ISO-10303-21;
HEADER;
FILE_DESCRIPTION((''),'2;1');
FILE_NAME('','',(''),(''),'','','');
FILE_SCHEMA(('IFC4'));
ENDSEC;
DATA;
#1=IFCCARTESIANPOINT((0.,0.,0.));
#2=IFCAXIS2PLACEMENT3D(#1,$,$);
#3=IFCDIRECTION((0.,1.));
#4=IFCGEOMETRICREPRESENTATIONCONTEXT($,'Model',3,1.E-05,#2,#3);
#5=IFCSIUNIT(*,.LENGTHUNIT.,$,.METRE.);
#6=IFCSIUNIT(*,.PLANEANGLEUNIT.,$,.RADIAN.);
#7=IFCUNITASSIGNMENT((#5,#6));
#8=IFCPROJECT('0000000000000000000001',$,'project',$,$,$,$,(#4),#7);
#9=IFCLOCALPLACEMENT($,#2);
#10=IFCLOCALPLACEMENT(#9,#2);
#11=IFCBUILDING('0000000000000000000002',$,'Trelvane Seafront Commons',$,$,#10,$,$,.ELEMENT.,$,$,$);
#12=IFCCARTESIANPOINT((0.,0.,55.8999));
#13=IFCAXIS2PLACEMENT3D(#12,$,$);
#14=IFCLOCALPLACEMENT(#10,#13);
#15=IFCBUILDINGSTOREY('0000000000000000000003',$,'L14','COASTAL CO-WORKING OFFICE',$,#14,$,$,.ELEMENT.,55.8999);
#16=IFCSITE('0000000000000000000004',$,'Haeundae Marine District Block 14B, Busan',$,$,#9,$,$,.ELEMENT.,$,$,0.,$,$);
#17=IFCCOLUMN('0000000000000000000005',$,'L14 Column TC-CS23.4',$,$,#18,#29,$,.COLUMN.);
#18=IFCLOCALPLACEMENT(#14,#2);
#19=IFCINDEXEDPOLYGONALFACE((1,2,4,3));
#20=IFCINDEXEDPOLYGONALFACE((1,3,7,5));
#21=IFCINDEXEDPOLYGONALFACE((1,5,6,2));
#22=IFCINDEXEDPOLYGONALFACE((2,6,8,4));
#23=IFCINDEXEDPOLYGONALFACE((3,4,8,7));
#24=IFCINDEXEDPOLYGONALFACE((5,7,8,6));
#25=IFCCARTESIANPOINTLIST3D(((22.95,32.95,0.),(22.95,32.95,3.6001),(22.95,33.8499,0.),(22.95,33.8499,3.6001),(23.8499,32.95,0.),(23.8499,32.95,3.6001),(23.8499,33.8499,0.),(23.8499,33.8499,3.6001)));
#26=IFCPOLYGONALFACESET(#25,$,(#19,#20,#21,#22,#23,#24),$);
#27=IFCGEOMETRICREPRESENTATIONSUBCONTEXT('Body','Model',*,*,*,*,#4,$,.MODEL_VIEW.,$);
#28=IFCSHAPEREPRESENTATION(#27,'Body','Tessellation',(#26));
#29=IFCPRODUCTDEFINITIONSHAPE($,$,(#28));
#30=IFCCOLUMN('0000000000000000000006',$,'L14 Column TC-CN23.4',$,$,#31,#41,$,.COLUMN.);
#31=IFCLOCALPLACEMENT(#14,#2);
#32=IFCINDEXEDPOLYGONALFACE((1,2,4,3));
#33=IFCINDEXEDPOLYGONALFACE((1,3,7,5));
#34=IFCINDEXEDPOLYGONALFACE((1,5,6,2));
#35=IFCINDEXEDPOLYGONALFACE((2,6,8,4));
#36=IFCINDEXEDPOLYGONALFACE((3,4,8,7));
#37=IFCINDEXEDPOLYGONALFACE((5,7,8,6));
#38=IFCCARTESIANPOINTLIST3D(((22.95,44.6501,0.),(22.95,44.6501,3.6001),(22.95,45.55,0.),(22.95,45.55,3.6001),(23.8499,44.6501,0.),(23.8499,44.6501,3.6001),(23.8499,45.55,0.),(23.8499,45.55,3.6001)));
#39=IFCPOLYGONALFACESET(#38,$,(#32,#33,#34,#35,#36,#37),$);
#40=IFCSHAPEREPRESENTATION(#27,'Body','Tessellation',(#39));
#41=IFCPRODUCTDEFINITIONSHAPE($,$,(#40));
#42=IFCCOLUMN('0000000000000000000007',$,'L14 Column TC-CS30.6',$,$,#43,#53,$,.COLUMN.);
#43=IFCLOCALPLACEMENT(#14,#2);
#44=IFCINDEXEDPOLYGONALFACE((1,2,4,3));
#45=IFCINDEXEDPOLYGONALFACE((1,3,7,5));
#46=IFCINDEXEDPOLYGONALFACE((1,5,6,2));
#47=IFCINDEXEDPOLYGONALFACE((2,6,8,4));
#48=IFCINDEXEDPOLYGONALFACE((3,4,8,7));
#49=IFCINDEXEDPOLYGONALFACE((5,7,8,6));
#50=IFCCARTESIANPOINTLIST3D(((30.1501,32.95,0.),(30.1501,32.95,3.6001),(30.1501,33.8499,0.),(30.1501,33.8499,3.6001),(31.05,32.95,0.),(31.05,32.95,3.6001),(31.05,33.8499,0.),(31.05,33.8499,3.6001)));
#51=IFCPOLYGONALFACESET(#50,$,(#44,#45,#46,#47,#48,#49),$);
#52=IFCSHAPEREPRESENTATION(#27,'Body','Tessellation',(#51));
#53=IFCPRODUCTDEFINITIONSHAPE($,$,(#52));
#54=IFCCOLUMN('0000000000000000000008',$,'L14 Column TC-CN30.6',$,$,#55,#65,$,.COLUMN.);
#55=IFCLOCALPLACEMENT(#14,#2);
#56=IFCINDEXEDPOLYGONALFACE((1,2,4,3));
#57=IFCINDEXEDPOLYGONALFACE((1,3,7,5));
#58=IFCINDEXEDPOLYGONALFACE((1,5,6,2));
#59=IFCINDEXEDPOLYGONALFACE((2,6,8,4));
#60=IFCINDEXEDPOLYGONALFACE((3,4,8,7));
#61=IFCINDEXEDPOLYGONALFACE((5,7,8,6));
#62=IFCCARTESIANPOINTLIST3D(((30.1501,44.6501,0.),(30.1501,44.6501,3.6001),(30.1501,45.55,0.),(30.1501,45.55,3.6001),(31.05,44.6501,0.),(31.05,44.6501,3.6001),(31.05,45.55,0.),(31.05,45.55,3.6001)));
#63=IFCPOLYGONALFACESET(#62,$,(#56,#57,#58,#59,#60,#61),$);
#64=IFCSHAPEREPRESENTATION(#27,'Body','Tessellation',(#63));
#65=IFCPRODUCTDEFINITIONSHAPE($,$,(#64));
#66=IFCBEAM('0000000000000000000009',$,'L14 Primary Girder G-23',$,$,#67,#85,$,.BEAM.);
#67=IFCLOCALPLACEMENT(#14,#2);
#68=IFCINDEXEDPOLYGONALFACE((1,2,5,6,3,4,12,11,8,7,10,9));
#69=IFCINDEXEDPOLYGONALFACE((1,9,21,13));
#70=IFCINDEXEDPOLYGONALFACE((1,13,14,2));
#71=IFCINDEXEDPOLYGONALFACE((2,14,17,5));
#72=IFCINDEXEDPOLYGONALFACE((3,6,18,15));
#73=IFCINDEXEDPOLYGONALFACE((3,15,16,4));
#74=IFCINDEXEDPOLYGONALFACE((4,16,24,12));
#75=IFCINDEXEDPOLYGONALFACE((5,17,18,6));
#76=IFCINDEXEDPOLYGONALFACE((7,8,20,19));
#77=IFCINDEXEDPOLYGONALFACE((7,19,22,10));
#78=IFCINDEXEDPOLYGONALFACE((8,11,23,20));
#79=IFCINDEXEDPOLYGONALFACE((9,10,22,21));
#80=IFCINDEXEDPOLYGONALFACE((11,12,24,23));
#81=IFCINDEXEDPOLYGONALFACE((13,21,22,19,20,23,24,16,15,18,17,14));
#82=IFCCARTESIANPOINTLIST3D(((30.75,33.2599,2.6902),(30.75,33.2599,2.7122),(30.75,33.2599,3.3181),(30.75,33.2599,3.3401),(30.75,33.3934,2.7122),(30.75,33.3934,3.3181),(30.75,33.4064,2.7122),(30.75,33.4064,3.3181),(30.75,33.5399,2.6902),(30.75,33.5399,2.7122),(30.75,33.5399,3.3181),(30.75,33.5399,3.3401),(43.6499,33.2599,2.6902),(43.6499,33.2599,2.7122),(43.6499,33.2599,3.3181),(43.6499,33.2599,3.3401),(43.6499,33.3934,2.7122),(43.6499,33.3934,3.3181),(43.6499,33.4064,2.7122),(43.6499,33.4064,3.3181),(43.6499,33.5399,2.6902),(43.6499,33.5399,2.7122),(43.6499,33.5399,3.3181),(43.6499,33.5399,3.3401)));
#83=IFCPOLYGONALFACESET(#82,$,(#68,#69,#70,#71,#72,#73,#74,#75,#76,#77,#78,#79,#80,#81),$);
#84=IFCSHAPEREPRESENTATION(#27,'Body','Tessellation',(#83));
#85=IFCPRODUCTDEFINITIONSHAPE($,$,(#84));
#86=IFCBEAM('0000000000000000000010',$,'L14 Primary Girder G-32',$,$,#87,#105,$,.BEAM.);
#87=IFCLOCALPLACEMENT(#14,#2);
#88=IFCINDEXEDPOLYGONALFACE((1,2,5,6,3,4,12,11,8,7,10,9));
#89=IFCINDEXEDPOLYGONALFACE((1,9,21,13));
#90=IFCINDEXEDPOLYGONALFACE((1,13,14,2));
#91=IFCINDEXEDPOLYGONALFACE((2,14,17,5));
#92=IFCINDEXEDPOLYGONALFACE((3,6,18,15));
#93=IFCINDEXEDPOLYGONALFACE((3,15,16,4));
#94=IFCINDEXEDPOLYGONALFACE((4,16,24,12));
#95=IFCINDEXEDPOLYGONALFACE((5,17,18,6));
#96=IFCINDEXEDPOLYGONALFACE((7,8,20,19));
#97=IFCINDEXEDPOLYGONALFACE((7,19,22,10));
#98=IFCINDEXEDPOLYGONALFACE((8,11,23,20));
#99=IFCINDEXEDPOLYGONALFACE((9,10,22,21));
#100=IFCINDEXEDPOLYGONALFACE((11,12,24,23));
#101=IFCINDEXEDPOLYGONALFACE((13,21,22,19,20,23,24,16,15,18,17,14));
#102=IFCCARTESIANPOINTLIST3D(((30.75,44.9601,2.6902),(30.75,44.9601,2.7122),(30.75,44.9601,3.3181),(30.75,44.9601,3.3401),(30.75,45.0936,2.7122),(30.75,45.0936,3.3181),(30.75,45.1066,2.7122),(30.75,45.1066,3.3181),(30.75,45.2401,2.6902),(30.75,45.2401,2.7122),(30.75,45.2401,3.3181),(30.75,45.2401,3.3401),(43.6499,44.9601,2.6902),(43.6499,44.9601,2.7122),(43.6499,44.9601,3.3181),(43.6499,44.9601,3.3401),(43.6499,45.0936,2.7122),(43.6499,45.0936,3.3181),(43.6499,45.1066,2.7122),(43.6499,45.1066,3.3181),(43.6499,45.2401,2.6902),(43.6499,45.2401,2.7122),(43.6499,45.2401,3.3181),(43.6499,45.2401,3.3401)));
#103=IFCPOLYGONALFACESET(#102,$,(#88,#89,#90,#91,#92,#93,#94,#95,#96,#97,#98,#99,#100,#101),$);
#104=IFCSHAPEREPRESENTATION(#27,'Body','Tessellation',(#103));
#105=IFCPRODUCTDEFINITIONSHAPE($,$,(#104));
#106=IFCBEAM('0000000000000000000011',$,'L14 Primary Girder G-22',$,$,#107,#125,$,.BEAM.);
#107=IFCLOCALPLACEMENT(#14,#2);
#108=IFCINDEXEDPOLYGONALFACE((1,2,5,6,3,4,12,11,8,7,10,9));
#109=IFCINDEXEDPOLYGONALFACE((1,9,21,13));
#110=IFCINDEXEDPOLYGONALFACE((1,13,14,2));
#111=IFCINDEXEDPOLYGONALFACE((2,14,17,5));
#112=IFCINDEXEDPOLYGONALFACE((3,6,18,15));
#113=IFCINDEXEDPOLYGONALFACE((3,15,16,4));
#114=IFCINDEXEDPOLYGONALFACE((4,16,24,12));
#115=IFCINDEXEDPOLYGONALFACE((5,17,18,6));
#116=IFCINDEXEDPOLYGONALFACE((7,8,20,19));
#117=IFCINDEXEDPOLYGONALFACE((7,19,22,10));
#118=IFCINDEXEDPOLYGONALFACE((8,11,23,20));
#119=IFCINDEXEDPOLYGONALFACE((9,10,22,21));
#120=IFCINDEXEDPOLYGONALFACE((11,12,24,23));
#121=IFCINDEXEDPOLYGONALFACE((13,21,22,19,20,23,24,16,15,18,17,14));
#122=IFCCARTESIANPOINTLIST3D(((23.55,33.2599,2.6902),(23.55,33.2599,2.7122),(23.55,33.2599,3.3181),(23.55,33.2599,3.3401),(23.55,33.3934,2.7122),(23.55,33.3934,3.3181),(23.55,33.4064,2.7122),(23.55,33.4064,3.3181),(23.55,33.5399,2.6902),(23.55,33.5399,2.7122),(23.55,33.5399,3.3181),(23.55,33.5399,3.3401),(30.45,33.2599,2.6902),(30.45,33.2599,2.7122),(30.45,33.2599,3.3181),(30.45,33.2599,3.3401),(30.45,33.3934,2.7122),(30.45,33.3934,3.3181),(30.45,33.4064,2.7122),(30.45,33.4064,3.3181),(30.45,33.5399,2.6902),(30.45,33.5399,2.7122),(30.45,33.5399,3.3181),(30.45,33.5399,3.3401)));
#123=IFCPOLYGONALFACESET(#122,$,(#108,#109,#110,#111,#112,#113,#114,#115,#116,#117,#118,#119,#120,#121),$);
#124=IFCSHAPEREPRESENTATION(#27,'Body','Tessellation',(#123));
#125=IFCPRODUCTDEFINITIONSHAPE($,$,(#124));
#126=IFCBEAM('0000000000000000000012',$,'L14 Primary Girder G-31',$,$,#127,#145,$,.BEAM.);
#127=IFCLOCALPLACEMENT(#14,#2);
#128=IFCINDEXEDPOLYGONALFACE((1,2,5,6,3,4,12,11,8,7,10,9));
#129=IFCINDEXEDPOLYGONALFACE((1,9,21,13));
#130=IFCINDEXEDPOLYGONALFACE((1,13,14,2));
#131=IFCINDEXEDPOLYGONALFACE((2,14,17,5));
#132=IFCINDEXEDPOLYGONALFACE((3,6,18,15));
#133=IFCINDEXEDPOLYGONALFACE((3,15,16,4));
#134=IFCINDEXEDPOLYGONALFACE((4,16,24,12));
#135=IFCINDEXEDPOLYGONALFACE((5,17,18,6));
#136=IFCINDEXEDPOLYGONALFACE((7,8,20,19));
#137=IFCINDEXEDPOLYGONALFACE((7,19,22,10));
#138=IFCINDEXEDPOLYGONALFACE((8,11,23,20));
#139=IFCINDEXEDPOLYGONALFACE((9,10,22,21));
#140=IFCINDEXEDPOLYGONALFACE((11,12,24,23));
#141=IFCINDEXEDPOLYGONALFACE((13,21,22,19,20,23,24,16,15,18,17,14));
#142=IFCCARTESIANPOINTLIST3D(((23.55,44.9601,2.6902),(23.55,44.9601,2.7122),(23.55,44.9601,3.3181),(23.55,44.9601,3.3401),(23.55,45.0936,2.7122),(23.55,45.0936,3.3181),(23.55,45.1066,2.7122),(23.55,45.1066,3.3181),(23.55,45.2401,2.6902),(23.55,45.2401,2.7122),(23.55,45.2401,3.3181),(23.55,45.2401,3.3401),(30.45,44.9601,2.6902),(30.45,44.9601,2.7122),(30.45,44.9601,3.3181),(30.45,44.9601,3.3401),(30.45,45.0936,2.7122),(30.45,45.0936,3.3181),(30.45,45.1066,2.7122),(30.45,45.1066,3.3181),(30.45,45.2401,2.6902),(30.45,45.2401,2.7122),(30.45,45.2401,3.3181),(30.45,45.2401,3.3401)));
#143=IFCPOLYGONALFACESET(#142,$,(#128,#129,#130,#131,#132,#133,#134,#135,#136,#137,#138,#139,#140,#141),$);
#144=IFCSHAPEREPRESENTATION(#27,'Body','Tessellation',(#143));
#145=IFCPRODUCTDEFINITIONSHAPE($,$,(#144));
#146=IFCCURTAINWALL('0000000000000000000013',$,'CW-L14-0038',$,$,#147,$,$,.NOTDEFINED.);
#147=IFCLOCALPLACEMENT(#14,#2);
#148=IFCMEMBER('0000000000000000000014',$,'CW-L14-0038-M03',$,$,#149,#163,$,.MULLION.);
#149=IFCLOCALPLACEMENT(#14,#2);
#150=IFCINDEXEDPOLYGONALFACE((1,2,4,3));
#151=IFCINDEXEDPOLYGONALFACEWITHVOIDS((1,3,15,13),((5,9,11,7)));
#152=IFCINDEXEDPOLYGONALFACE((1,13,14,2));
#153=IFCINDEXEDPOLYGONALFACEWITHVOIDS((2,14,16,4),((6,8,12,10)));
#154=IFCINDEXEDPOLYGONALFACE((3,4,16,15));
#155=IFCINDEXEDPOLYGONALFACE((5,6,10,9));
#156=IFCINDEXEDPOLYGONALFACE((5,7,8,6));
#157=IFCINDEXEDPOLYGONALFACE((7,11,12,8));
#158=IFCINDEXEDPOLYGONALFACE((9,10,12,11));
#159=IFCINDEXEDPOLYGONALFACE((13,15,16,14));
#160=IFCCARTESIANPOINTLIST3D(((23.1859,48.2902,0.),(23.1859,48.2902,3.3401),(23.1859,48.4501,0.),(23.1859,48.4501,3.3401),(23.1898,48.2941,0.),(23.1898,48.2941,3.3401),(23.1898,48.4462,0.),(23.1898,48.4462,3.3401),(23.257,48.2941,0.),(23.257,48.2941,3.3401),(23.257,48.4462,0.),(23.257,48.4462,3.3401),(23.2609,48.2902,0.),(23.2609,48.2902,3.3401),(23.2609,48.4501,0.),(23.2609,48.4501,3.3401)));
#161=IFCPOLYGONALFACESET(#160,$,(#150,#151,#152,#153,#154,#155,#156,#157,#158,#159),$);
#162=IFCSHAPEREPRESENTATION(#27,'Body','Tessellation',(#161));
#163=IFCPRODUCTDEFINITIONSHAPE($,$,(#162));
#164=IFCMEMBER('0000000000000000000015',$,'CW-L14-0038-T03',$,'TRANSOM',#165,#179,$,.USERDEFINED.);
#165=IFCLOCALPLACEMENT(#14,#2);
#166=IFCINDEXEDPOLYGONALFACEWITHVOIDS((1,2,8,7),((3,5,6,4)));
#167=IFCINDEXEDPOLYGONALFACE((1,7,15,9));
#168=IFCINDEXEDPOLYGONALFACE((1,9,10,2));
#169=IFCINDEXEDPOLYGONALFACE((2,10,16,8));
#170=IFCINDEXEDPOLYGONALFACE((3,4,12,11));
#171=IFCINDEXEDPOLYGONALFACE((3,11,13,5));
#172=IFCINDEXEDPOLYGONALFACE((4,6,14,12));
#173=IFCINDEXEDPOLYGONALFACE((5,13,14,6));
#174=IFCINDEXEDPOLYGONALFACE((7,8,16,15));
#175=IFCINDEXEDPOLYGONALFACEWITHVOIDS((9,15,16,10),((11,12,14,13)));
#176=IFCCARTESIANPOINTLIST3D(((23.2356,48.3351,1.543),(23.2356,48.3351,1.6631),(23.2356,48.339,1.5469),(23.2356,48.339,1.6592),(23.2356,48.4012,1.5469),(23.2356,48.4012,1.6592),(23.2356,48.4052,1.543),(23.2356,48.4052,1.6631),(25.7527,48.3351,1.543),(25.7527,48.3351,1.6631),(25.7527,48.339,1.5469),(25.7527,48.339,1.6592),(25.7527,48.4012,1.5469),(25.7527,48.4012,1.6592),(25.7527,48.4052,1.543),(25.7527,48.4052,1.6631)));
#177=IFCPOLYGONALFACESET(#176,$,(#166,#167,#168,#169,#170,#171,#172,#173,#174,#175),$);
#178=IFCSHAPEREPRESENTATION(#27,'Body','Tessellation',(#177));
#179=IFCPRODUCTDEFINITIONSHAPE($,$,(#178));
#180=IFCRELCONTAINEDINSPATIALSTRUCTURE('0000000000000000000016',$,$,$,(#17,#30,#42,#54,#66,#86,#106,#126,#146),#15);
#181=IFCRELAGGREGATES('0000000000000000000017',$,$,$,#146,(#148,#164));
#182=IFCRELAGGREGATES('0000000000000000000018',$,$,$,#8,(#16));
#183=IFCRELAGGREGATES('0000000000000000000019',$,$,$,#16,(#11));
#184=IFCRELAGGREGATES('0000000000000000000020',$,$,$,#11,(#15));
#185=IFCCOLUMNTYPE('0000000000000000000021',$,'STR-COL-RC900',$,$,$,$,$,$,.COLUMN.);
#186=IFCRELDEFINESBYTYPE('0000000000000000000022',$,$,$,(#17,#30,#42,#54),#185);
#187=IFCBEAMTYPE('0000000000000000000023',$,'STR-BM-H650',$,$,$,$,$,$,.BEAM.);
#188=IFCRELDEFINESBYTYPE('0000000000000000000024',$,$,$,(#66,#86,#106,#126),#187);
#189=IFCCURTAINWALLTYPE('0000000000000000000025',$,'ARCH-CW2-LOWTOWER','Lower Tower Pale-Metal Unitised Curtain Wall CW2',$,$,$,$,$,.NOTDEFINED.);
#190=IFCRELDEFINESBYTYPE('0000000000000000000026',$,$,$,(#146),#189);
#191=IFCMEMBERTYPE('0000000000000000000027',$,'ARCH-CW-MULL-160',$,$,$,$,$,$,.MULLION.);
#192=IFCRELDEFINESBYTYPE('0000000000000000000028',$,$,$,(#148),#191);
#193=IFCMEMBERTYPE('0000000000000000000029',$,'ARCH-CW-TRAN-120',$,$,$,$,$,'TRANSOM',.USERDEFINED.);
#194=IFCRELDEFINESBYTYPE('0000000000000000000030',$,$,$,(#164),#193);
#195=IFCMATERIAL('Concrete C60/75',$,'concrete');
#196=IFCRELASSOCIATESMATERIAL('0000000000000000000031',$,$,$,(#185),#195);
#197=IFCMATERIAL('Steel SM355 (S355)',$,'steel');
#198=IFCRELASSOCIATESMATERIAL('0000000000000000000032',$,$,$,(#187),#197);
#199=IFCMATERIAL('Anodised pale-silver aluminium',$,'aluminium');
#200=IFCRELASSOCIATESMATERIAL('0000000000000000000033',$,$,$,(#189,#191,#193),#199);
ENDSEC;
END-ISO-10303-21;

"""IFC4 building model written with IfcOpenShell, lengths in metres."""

from ifc_helpers import new_model, si_unit, direction, frame, origin, origin_2d, place, context, subcontext, project, spatial, rectangle, hollow_rectangle, i_section, extrude, source, transform, mapped, material, material_profile, profile_set, type_object, element, aggregate, save


model = new_model("IFC4")

# Units and contexts
model_context = context("Model", 3, precision=1e-05, world=origin(), true_north=direction((0.0, 1.0)))
body_context = subcontext(model_context, "Body", "Model", "MODEL_VIEW")
ifc_project = project(units=[si_unit("LENGTHUNIT", "METRE"), si_unit("PLANEANGLEUNIT", "RADIAN")], contexts=[model_context])

# Site, building, storey
site_placement = place(None, origin())
site = spatial("IfcSite", under=ifc_project, at=site_placement, Name="Haeundae Marine District Block 14B, Busan", CompositionType="ELEMENT", RefElevation=0.0)
building_placement = place(site_placement, origin())
building = spatial("IfcBuilding", under=site, at=building_placement, Name="Trelvane Seafront Commons", CompositionType="ELEMENT")
storey_placement = place(building_placement, frame((0.0, 0.0, 55.8999)))
storey = spatial("IfcBuildingStorey", under=building, at=storey_placement, Name="L14", Description="COASTAL CO-WORKING OFFICE", CompositionType="ELEMENT", Elevation=55.8999)

# Columns
ifc_material_1 = material(Name="Concrete C60/75", Category="concrete")
ifc_material_profile_1 = material_profile(ifc_material_1, rectangle(XDim=0.8999, YDim=0.8999, at=origin_2d()), Name="RC-900x900")
ifc_profile_set_1 = profile_set([ifc_material_profile_1], Name="Concrete C60/75")
column_type = type_object("IfcColumnType", Name="STR-COL-RC900", PredefinedType="COLUMN", material=ifc_profile_set_1)
shared_shape_1 = source(origin(), body_context, "Body", "SweptSolid", [
    extrude(rectangle(XDim=0.8999, YDim=0.8999, at=origin_2d()), origin(), (0.0, 0.0, 1.0), 3.6001),
])
for number, where, z_axis, x_axis, name in (
    (1, (23.3999, 33.3999, 0.0), (0.0, 0.0, 1.0), (1.0, 0.0, 0.0), "L14 Column TC-CS23.4"),
    (2, (23.3999, 45.1001, 0.0), (0.0, 0.0, 1.0), (1.0, 0.0, 0.0), "L14 Column TC-CN23.4"),
    (3, (30.6001, 33.3999, 0.0), (0.0, 0.0, 1.0), (1.0, 0.0, 0.0), "L14 Column TC-CS30.6"),
    (4, (30.6001, 45.1001, 0.0), (0.0, 0.0, 1.0), (1.0, 0.0, 0.0), "L14 Column TC-CN30.6"),
):
    element("IfcColumn", number, at=place(storey_placement, frame(where, z_axis=z_axis, x_axis=x_axis)), inside=storey, type_object=column_type, Name=name, PredefinedType="COLUMN", context=body_context, shape_type="MappedRepresentation", body=[
        mapped(shared_shape_1, transform((0.0, 0.0, 0.0), x_axis=(1.0, 0.0, 0.0), y_axis=(0.0, 1.0, 0.0), z_axis=(0.0, 0.0, 1.0), scale=1.0)),
    ])

# Beams
ifc_material_2 = material(Name="Steel SM355 (S355)", Category="steel")
ifc_material_profile_2 = material_profile(ifc_material_2, i_section(OverallWidth=0.28, OverallDepth=0.6499, WebThickness=0.0129, FlangeThickness=0.022, at=origin_2d()), Name="H-650x280x13x22")
ifc_profile_set_2 = profile_set([ifc_material_profile_2], Name="Steel SM355 (S355)")
beam_type = type_object("IfcBeamType", Name="STR-BM-H650", PredefinedType="BEAM", material=ifc_profile_set_2)
shared_shape_2 = source(origin(), body_context, "Body", "SweptSolid", [
    extrude(i_section(OverallWidth=0.28, OverallDepth=0.6499, WebThickness=0.0129, FlangeThickness=0.022, at=origin_2d()), origin(), (0.0, 0.0, 1.0), 12.8999),
])
for number, where, z_axis, x_axis, name in (
    (5, (30.75, 33.3999, 3.0151), (1.0, 0.0, 0.0), (0.0, 1.0, 0.0), "L14 Primary Girder G-23"),
    (6, (30.75, 45.1001, 3.0151), (1.0, 0.0, 0.0), (0.0, 1.0, 0.0), "L14 Primary Girder G-32"),
):
    element("IfcBeam", number, at=place(storey_placement, frame(where, z_axis=z_axis, x_axis=x_axis)), inside=storey, type_object=beam_type, Name=name, PredefinedType="BEAM", context=body_context, shape_type="MappedRepresentation", body=[
        mapped(shared_shape_2, transform((0.0, 0.0, 0.0), x_axis=(1.0, 0.0, 0.0), y_axis=(0.0, 1.0, 0.0), z_axis=(0.0, 0.0, 1.0), scale=1.0)),
    ])
shared_shape_3 = source(origin(), body_context, "Body", "SweptSolid", [
    extrude(i_section(OverallWidth=0.28, OverallDepth=0.6499, WebThickness=0.0129, FlangeThickness=0.022, at=origin_2d()), origin(), (0.0, 0.0, 1.0), 6.8999),
])
for number, where, z_axis, x_axis, name in (
    (7, (23.55, 33.3999, 3.0151), (1.0, 0.0, 0.0), (0.0, 1.0, 0.0), "L14 Primary Girder G-22"),
    (8, (23.55, 45.1001, 3.0151), (1.0, 0.0, 0.0), (0.0, 1.0, 0.0), "L14 Primary Girder G-31"),
):
    element("IfcBeam", number, at=place(storey_placement, frame(where, z_axis=z_axis, x_axis=x_axis)), inside=storey, type_object=beam_type, Name=name, PredefinedType="BEAM", context=body_context, shape_type="MappedRepresentation", body=[
        mapped(shared_shape_3, transform((0.0, 0.0, 0.0), x_axis=(1.0, 0.0, 0.0), y_axis=(0.0, 1.0, 0.0), z_axis=(0.0, 0.0, 1.0), scale=1.0)),
    ])

# Curtain wall, members
ifc_material_3 = material(Name="Anodised pale-silver aluminium", Category="aluminium")
curtain_wall_type = type_object("IfcCurtainWallType", Name="ARCH-CW2-LOWTOWER", Description="Lower Tower Pale-Metal Unitised Curtain Wall CW2", PredefinedType="NOTDEFINED", material=ifc_material_3)
curtain_wall_placement = place(storey_placement, origin())
curtain_wall = element("IfcCurtainWall", 9, at=curtain_wall_placement, inside=storey, type_object=curtain_wall_type, Name="CW-L14-0038", PredefinedType="NOTDEFINED")
ifc_material_profile_3 = material_profile(ifc_material_3, hollow_rectangle(XDim=0.075, YDim=0.1599, WallThickness=0.0039, at=origin_2d()), Name="MULL-75x160x4")
ifc_profile_set_3 = profile_set([ifc_material_profile_3], Name="Anodised pale-silver aluminium")
member_type_1 = type_object("IfcMemberType", Name="ARCH-CW-MULL-160", PredefinedType="MULLION", material=ifc_profile_set_3)
shared_shape_4 = source(origin(), body_context, "Body", "SweptSolid", [
    extrude(hollow_rectangle(XDim=0.075, YDim=0.1599, WallThickness=0.0039, at=origin_2d()), origin(), (0.0, 0.0, 1.0), 3.3401),
])
member_1_placement = place(storey_placement, frame((23.2234, 48.3701, 0.0), z_axis=(0.0, 0.0, 1.0), x_axis=(1.0, 0.0, 0.0)))
member_1 = element("IfcMember", 10, at=member_1_placement, type_object=member_type_1, Name="CW-L14-0038-M03", PredefinedType="MULLION", context=body_context, shape_type="MappedRepresentation", body=[
    mapped(shared_shape_4, transform((0.0, 0.0, 0.0), x_axis=(1.0, 0.0, 0.0), y_axis=(0.0, 1.0, 0.0), z_axis=(0.0, 0.0, 1.0), scale=1.0)),
])
ifc_material_profile_4 = material_profile(ifc_material_3, hollow_rectangle(XDim=0.0701, YDim=0.1201, WallThickness=0.0039, at=origin_2d()), Name="TRAN-70x120x4")
ifc_profile_set_4 = profile_set([ifc_material_profile_4], Name="Anodised pale-silver aluminium")
member_type_2 = type_object("IfcMemberType", Name="ARCH-CW-TRAN-120", ElementType="TRANSOM", PredefinedType="USERDEFINED", material=ifc_profile_set_4)
shared_shape_5 = source(origin(), body_context, "Body", "SweptSolid", [
    extrude(hollow_rectangle(XDim=0.0701, YDim=0.1201, WallThickness=0.0039, at=origin_2d()), origin(), (0.0, 0.0, 1.0), 2.5171),
])
member_2_placement = place(storey_placement, frame((23.2356, 48.3701, 1.603), z_axis=(1.0, 0.0, 0.0), x_axis=(0.0, 1.0, 0.0)))
member_2 = element("IfcMember", 11, at=member_2_placement, type_object=member_type_2, Name="CW-L14-0038-T03", ObjectType="TRANSOM", PredefinedType="USERDEFINED", context=body_context, shape_type="MappedRepresentation", body=[
    mapped(shared_shape_5, transform((0.0, 0.0, 0.0), x_axis=(1.0, 0.0, 0.0), y_axis=(0.0, 1.0, 0.0), z_axis=(0.0, 0.0, 1.0), scale=1.0)),
])
aggregate(curtain_wall, [member_1, member_2])

save(model, "model.ifc")
